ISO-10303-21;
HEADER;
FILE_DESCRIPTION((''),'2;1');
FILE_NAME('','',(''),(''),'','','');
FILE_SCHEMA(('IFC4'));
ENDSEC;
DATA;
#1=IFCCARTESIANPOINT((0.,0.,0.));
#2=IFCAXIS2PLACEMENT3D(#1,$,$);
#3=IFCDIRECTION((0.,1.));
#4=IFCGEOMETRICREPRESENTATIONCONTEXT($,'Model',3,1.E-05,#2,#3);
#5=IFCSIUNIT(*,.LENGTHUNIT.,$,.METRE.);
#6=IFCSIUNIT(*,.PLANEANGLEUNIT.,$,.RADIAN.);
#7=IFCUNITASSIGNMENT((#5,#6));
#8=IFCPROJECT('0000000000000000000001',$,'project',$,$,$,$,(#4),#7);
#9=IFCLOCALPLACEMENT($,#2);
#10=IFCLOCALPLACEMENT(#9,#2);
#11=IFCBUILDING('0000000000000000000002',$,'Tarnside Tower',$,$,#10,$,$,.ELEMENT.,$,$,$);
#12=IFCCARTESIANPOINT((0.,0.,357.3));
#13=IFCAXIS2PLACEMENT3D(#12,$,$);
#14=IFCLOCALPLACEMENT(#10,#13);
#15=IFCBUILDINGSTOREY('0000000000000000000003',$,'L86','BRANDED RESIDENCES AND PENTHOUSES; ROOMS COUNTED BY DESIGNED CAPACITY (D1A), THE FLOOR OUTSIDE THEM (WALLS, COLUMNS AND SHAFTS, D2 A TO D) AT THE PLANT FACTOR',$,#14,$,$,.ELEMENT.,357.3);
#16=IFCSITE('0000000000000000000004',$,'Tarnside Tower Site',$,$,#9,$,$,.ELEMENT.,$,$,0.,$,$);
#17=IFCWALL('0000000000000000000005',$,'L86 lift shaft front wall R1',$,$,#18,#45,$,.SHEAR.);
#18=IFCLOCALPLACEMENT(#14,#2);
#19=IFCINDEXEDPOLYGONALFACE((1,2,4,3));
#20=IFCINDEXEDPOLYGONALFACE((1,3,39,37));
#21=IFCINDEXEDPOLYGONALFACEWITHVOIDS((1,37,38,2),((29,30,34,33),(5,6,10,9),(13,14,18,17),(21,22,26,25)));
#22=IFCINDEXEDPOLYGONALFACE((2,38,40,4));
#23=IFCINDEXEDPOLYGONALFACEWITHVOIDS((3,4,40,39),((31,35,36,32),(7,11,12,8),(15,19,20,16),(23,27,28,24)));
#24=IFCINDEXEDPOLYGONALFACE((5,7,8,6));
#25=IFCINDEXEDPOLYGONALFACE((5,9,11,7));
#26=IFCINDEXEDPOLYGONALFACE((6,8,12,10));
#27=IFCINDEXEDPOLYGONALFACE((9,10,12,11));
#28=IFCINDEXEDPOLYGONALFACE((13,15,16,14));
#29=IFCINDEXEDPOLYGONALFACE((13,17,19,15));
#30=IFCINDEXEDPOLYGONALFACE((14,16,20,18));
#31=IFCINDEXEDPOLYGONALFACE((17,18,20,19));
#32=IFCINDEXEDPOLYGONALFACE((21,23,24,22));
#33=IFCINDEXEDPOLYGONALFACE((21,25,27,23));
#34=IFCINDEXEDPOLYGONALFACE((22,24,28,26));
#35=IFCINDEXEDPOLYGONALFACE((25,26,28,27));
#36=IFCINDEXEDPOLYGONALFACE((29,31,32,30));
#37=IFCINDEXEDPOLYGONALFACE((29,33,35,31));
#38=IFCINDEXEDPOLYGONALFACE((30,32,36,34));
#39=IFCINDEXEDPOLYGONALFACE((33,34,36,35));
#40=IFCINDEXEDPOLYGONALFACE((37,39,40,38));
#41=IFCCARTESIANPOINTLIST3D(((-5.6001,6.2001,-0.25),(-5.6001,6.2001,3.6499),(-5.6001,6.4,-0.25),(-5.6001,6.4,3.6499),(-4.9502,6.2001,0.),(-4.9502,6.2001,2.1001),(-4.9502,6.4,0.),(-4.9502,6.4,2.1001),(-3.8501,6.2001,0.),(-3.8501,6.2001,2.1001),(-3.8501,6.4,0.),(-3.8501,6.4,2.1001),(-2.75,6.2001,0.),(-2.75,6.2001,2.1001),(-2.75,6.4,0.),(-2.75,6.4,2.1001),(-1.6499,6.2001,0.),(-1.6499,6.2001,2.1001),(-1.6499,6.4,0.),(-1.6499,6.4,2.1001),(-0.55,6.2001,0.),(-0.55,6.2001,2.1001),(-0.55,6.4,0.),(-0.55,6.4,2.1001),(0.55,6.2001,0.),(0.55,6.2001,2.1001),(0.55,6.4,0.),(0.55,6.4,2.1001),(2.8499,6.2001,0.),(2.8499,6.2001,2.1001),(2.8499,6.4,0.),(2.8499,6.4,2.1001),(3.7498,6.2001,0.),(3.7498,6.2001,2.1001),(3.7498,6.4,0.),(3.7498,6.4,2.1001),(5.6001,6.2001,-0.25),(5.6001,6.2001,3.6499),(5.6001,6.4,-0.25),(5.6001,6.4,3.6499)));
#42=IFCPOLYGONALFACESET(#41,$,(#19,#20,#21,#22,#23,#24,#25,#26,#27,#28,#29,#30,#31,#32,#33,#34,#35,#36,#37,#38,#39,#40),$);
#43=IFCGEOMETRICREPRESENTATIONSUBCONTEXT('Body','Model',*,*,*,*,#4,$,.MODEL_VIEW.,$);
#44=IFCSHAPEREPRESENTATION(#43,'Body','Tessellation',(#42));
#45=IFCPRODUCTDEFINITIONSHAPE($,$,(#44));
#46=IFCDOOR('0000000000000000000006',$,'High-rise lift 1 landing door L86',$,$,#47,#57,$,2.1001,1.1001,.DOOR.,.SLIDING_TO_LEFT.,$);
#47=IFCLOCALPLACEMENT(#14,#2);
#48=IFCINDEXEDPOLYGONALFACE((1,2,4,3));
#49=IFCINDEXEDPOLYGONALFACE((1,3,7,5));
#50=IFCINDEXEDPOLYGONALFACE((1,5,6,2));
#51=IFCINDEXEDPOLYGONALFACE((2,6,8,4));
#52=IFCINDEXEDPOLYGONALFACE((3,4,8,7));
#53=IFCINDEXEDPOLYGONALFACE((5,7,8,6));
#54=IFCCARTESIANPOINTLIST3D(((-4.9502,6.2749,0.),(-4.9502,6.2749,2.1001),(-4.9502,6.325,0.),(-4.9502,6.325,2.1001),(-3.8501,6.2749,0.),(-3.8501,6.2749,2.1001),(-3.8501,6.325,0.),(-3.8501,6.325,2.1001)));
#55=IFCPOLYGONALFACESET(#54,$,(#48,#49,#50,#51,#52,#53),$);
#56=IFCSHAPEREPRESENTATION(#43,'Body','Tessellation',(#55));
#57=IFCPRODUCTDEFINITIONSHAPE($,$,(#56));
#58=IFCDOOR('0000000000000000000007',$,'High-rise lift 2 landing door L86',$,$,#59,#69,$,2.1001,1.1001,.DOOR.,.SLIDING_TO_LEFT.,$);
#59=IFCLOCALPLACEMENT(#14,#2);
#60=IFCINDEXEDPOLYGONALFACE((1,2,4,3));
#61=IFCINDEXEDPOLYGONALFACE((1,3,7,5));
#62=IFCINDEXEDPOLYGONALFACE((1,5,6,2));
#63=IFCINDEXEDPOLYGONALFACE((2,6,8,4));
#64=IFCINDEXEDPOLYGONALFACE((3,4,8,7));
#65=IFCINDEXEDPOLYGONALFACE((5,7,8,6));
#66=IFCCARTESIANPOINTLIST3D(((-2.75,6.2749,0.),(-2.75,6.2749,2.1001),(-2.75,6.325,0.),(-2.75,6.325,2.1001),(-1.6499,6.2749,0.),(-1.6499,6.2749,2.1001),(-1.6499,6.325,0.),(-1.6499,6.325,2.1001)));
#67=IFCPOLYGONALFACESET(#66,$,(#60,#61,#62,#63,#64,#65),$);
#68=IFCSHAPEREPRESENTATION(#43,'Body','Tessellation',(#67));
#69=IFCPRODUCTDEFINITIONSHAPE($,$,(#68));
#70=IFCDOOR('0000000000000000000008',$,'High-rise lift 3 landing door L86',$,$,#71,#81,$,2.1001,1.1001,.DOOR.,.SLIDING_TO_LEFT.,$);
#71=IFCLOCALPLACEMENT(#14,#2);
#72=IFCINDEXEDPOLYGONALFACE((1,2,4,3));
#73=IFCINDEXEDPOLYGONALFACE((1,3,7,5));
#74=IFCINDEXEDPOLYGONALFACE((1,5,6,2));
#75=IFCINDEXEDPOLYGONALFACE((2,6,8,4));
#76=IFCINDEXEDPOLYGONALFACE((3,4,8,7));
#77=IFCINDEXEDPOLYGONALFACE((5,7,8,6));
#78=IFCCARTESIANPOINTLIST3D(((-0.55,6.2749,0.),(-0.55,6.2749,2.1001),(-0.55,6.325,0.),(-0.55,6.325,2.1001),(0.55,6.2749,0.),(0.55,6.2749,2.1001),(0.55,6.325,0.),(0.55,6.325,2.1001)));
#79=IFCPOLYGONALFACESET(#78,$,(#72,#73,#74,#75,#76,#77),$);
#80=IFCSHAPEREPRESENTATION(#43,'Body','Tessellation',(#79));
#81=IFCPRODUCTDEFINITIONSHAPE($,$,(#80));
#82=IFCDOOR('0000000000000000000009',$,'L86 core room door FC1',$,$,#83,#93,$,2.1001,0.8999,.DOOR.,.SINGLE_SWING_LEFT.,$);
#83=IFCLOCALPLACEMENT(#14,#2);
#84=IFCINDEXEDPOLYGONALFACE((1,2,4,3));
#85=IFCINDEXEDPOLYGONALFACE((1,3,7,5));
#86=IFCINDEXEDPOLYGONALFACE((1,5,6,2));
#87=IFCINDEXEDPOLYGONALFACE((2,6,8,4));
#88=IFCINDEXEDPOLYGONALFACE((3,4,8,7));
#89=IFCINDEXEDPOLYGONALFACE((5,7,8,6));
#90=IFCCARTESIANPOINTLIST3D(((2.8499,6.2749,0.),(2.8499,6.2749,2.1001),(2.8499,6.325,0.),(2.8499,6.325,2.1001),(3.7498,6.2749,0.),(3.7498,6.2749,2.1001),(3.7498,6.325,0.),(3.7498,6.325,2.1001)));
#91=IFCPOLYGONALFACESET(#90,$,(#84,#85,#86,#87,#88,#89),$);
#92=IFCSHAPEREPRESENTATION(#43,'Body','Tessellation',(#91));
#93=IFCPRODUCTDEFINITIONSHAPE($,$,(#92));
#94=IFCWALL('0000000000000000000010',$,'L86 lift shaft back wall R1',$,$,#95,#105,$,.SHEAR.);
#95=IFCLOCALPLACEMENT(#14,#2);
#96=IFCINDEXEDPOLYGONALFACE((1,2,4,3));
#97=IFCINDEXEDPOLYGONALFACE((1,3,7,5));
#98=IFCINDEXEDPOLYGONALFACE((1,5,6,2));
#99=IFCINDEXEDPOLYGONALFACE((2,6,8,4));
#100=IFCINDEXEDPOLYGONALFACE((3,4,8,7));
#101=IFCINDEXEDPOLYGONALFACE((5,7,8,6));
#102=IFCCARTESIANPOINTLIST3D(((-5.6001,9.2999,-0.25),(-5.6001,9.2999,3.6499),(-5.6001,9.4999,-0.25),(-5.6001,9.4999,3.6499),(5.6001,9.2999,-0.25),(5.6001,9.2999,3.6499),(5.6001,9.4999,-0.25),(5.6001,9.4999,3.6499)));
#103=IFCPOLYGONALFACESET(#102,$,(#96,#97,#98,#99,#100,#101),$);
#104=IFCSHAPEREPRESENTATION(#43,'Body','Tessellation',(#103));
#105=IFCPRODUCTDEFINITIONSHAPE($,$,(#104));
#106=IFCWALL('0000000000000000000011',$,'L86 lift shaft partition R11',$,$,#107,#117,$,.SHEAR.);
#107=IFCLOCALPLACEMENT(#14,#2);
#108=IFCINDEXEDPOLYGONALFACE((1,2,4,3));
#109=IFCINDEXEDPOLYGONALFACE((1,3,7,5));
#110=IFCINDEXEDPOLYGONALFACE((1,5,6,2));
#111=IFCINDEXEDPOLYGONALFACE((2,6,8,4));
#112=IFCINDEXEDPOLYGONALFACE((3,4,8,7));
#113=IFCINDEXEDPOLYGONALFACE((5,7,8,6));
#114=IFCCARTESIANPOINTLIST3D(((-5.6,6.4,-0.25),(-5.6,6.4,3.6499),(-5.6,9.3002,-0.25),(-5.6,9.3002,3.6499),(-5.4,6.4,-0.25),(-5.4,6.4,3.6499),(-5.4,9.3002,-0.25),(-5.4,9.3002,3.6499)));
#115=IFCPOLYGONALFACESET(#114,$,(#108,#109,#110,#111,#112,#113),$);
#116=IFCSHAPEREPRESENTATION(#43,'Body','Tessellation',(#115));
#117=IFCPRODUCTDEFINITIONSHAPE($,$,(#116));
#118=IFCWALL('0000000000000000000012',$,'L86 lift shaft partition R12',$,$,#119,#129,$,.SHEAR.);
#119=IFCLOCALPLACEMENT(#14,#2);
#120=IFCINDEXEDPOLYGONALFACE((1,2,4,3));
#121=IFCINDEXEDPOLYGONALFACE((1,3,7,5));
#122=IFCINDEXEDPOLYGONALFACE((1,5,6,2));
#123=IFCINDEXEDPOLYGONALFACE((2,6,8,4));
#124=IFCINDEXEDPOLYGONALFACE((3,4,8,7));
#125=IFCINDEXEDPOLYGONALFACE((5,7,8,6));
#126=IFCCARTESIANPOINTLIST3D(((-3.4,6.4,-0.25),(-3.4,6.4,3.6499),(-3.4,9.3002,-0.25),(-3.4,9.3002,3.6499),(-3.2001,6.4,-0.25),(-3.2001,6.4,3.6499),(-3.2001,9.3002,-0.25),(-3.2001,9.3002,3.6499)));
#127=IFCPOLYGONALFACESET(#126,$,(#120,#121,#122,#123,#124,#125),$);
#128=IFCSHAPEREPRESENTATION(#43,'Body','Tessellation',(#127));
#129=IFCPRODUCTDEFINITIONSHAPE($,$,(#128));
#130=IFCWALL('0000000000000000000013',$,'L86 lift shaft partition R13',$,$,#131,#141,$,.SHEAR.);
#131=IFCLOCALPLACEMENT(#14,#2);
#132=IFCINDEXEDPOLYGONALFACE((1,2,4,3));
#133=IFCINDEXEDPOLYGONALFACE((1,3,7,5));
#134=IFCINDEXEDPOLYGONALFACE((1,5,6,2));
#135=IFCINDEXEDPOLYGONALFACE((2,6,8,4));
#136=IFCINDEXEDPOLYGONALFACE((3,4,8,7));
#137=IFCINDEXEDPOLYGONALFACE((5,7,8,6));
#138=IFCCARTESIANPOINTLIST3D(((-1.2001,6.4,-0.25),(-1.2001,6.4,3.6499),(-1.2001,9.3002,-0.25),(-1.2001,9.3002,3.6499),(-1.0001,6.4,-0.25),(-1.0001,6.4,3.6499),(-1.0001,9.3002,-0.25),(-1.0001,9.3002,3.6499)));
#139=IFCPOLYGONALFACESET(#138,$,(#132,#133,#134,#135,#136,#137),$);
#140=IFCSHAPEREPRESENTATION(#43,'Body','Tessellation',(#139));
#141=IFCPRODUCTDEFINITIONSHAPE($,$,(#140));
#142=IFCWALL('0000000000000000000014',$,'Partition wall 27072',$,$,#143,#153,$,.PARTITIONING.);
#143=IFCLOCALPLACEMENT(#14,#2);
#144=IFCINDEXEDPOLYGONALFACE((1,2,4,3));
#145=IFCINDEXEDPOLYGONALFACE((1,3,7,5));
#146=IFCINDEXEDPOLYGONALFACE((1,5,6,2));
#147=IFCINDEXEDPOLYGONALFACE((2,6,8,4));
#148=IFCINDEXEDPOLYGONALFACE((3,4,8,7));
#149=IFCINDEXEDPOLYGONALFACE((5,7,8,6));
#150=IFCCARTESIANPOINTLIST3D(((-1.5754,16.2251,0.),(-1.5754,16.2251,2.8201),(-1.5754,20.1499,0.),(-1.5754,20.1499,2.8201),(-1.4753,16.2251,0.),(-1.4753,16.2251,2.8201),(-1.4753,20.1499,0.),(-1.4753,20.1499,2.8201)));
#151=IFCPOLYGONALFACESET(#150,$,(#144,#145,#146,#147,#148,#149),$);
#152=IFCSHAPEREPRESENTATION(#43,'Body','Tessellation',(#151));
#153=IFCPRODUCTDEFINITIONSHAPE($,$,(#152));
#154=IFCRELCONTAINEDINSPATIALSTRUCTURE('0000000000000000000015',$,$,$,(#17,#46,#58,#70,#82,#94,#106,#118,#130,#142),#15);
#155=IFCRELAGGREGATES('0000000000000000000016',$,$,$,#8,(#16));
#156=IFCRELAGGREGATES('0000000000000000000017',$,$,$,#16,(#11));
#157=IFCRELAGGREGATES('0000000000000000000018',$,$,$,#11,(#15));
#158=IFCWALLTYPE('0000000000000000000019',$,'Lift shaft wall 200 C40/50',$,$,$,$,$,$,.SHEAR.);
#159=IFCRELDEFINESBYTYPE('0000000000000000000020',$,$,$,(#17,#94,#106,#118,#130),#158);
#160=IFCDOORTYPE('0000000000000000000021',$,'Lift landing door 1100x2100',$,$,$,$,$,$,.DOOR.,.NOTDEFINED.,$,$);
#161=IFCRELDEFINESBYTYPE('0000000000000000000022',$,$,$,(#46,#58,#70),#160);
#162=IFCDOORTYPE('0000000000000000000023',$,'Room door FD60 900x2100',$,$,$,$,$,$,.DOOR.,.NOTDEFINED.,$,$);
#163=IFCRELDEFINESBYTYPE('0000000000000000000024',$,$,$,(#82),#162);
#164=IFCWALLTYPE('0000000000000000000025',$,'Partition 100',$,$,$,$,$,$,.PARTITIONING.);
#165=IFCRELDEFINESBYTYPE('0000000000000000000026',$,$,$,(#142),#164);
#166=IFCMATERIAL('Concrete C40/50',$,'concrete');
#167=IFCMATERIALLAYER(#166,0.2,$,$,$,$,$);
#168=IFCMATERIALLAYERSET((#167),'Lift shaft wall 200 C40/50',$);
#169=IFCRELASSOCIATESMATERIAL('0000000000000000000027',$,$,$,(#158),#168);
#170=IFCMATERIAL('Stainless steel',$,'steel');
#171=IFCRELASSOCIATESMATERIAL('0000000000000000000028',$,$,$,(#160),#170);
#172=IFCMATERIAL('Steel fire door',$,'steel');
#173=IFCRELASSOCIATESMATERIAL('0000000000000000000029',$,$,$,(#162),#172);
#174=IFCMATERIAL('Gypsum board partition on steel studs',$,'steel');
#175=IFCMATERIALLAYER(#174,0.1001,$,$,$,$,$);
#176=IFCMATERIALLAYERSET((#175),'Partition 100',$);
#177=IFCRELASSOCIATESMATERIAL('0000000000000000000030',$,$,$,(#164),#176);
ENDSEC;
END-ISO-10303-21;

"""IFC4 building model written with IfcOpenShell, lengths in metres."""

from ifc_helpers import new_model, si_unit, direction, frame, frame_2d, origin, place, context, subcontext, project, spatial, rectangle, extrude, material, layer, layer_set, type_object, element, fill, save


model = new_model("IFC4")

# Units and contexts
model_context = context("Model", 3, precision=1e-05, world=origin(), true_north=direction((0.0, 1.0)))
body_context = subcontext(model_context, "Body", "Model", "MODEL_VIEW")
ifc_project = project(units=[si_unit("LENGTHUNIT", "METRE"), si_unit("PLANEANGLEUNIT", "RADIAN")], contexts=[model_context])

# Site, building, storey
site_placement = place(None, origin())
site = spatial("IfcSite", under=ifc_project, at=site_placement, Name="Tarnside Tower Site", CompositionType="ELEMENT", RefElevation=0.0)
building_placement = place(site_placement, origin())
building = spatial("IfcBuilding", under=site, at=building_placement, Name="Tarnside Tower", CompositionType="ELEMENT")
storey_placement = place(building_placement, frame((0.0, 0.0, 357.3)))
storey = spatial("IfcBuildingStorey", under=building, at=storey_placement, Name="L86", Description="BRANDED RESIDENCES AND PENTHOUSES; ROOMS COUNTED BY DESIGNED CAPACITY (D1A), THE FLOOR OUTSIDE THEM (WALLS, COLUMNS AND SHAFTS, D2 A TO D) AT THE PLANT FACTOR", CompositionType="ELEMENT", Elevation=357.3)

# Shared definitions
ifc_material_1 = material(Name="Steel fire door", Category="steel")
ifc_material_2 = material(Name="Gypsum board partition on steel studs", Category="steel")

# Wall, openings, doors
ifc_material_3 = material(Name="Concrete C40/50", Category="concrete")
ifc_layer_1 = layer(ifc_material_3, 0.2)
ifc_layer_set_1 = layer_set([ifc_layer_1], Name="Lift shaft wall 200 C40/50")
wall_type_1 = type_object("IfcWallType", Name="Lift shaft wall 200 C40/50", PredefinedType="SHEAR", material=ifc_layer_set_1)
wall_1_placement = place(storey_placement, frame((-5.6001, 6.3, -0.25), z_axis=(0.0, 0.0, 1.0), x_axis=(1.0, 0.0, 0.0)))
wall_1 = element("IfcWall", 1, at=wall_1_placement, inside=storey, type_object=wall_type_1, Name="L86 lift shaft front wall R1", PredefinedType="SHEAR", context=body_context, shape_type="SweptSolid", body=[
    extrude(rectangle(XDim=11.2002, YDim=0.2, at=frame_2d((5.6001, 0.0))), origin(), (0.0, 0.0, 1.0), 3.8999),
])
opening_1_placement = place(wall_1_placement, frame((8.45, 0.0, 0.25)))
opening_1 = element("IfcOpeningElement", 2, at=opening_1_placement, cuts=wall_1, PredefinedType="OPENING", context=body_context, shape_type="SweptSolid", body=[
    extrude(rectangle(XDim=0.8999, YDim=2.1001, at=frame_2d((0.45, 1.05))), frame((0.0, 0.1099, 0.0), z_axis=(0.0, -1.0, 0.0), x_axis=(1.0, 0.0, 0.0)), (0.0, 0.0, 1.0), 0.22),
])
opening_2_placement = place(wall_1_placement, frame((0.6499, 0.0, 0.25)))
opening_2 = element("IfcOpeningElement", 3, at=opening_2_placement, cuts=wall_1, PredefinedType="OPENING", context=body_context, shape_type="SweptSolid", body=[
    extrude(rectangle(XDim=1.1001, YDim=2.1001, at=frame_2d((0.55, 1.05))), frame((0.0, 0.1099, 0.0), z_axis=(0.0, -1.0, 0.0), x_axis=(1.0, 0.0, 0.0)), (0.0, 0.0, 1.0), 0.22),
])
opening_3_placement = place(wall_1_placement, frame((2.8501, 0.0, 0.25)))
opening_3 = element("IfcOpeningElement", 4, at=opening_3_placement, cuts=wall_1, PredefinedType="OPENING", context=body_context, shape_type="SweptSolid", body=[
    extrude(rectangle(XDim=1.1001, YDim=2.1001, at=frame_2d((0.55, 1.05))), frame((0.0, 0.1099, 0.0), z_axis=(0.0, -1.0, 0.0), x_axis=(1.0, 0.0, 0.0)), (0.0, 0.0, 1.0), 0.22),
])
opening_4_placement = place(wall_1_placement, frame((5.05, 0.0, 0.25)))
opening_4 = element("IfcOpeningElement", 5, at=opening_4_placement, cuts=wall_1, PredefinedType="OPENING", context=body_context, shape_type="SweptSolid", body=[
    extrude(rectangle(XDim=1.1001, YDim=2.1001, at=frame_2d((0.55, 1.05))), frame((0.0, 0.1099, 0.0), z_axis=(0.0, -1.0, 0.0), x_axis=(1.0, 0.0, 0.0)), (0.0, 0.0, 1.0), 0.22),
])
ifc_material_4 = material(Name="Stainless steel", Category="steel")
door_type_1 = type_object("IfcDoorType", Name="Lift landing door 1100x2100", OperationType="NOTDEFINED", PredefinedType="DOOR", material=ifc_material_4)
door_1_placement = place(opening_2_placement, origin())
door_1 = element("IfcDoor", 6, at=door_1_placement, inside=storey, type_object=door_type_1, Name="High-rise lift 1 landing door L86", OperationType="SLIDING_TO_LEFT", OverallHeight=2.1001, OverallWidth=1.1001, PredefinedType="DOOR", context=body_context, shape_type="SweptSolid", body=[
    extrude(rectangle(XDim=1.1001, YDim=2.1001, at=frame_2d((0.55, 1.05))), frame((0.0, 0.0249, 0.0), z_axis=(0.0, -1.0, 0.0), x_axis=(1.0, 0.0, 0.0)), (0.0, 0.0, 1.0), 0.05),
])
fill(opening_2, door_1)
door_2_placement = place(opening_3_placement, origin())
door_2 = element("IfcDoor", 7, at=door_2_placement, inside=storey, type_object=door_type_1, Name="High-rise lift 2 landing door L86", OperationType="SLIDING_TO_LEFT", OverallHeight=2.1001, OverallWidth=1.1001, PredefinedType="DOOR", context=body_context, shape_type="SweptSolid", body=[
    extrude(rectangle(XDim=1.1001, YDim=2.1001, at=frame_2d((0.55, 1.05))), frame((0.0, 0.0249, 0.0), z_axis=(0.0, -1.0, 0.0), x_axis=(1.0, 0.0, 0.0)), (0.0, 0.0, 1.0), 0.05),
])
fill(opening_3, door_2)
door_3_placement = place(opening_4_placement, origin())
door_3 = element("IfcDoor", 8, at=door_3_placement, inside=storey, type_object=door_type_1, Name="High-rise lift 3 landing door L86", OperationType="SLIDING_TO_LEFT", OverallHeight=2.1001, OverallWidth=1.1001, PredefinedType="DOOR", context=body_context, shape_type="SweptSolid", body=[
    extrude(rectangle(XDim=1.1001, YDim=2.1001, at=frame_2d((0.55, 1.05))), frame((0.0, 0.0249, 0.0), z_axis=(0.0, -1.0, 0.0), x_axis=(1.0, 0.0, 0.0)), (0.0, 0.0, 1.0), 0.05),
])
fill(opening_4, door_3)
door_type_2 = type_object("IfcDoorType", Name="Room door FD60 900x2100", OperationType="NOTDEFINED", PredefinedType="DOOR", material=ifc_material_1)
door_4_placement = place(opening_1_placement, origin())
door_4 = element("IfcDoor", 9, at=door_4_placement, inside=storey, type_object=door_type_2, Name="L86 core room door FC1", OperationType="SINGLE_SWING_LEFT", OverallHeight=2.1001, OverallWidth=0.8999, PredefinedType="DOOR", context=body_context, shape_type="SweptSolid", body=[
    extrude(rectangle(XDim=0.8999, YDim=2.1001, at=frame_2d((0.45, 1.05))), frame((0.0, 0.0249, 0.0), z_axis=(0.0, -1.0, 0.0), x_axis=(1.0, 0.0, 0.0)), (0.0, 0.0, 1.0), 0.05),
])
fill(opening_1, door_4)

# Walls
wall_2_placement = place(storey_placement, frame((-5.6001, 9.3999, -0.25), z_axis=(0.0, 0.0, 1.0), x_axis=(1.0, 0.0, 0.0)))
element("IfcWall", 10, at=wall_2_placement, inside=storey, type_object=wall_type_1, Name="L86 lift shaft back wall R1", PredefinedType="SHEAR", context=body_context, shape_type="SweptSolid", body=[
    extrude(rectangle(XDim=11.2002, YDim=0.2, at=frame_2d((5.6001, 0.0))), origin(), (0.0, 0.0, 1.0), 3.8999),
])
for number, where, z_axis, x_axis, name in (
    (11, (-5.5, 6.3999, -0.25), (0.0, 0.0, 1.0), (0.0, 1.0, 0.0), "L86 lift shaft partition R11"),
    (12, (-3.3, 6.3999, -0.25), (0.0, 0.0, 1.0), (0.0, 1.0, 0.0), "L86 lift shaft partition R12"),
    (13, (-1.1001, 6.3999, -0.25), (0.0, 0.0, 1.0), (0.0, 1.0, 0.0), "L86 lift shaft partition R13"),
):
    element("IfcWall", number, at=place(storey_placement, frame(where, z_axis=z_axis, x_axis=x_axis)), inside=storey, type_object=wall_type_1, Name=name, PredefinedType="SHEAR", context=body_context, shape_type="SweptSolid", body=[
        extrude(rectangle(XDim=2.9001, YDim=0.2, at=frame_2d((1.4502, 0.0))), origin(), (0.0, 0.0, 1.0), 3.8999),
    ])
ifc_layer_2 = layer(ifc_material_2, 0.1001)
ifc_layer_set_2 = layer_set([ifc_layer_2], Name="Partition 100")
wall_type_2 = type_object("IfcWallType", Name="Partition 100", PredefinedType="PARTITIONING", material=ifc_layer_set_2)
wall_3_placement = place(storey_placement, frame((-1.5254, 16.2251, 0.0), z_axis=(0.0, 0.0, 1.0), x_axis=(0.0, 1.0, 0.0)))
element("IfcWall", 14, at=wall_3_placement, inside=storey, type_object=wall_type_2, Name="Partition wall 27072", PredefinedType="PARTITIONING", context=body_context, shape_type="SweptSolid", body=[
    extrude(rectangle(XDim=3.9248, YDim=0.1001, at=frame_2d((1.9624, 0.0))), origin(), (0.0, 0.0, 1.0), 2.8201),
])

save(model, "model.ifc")
